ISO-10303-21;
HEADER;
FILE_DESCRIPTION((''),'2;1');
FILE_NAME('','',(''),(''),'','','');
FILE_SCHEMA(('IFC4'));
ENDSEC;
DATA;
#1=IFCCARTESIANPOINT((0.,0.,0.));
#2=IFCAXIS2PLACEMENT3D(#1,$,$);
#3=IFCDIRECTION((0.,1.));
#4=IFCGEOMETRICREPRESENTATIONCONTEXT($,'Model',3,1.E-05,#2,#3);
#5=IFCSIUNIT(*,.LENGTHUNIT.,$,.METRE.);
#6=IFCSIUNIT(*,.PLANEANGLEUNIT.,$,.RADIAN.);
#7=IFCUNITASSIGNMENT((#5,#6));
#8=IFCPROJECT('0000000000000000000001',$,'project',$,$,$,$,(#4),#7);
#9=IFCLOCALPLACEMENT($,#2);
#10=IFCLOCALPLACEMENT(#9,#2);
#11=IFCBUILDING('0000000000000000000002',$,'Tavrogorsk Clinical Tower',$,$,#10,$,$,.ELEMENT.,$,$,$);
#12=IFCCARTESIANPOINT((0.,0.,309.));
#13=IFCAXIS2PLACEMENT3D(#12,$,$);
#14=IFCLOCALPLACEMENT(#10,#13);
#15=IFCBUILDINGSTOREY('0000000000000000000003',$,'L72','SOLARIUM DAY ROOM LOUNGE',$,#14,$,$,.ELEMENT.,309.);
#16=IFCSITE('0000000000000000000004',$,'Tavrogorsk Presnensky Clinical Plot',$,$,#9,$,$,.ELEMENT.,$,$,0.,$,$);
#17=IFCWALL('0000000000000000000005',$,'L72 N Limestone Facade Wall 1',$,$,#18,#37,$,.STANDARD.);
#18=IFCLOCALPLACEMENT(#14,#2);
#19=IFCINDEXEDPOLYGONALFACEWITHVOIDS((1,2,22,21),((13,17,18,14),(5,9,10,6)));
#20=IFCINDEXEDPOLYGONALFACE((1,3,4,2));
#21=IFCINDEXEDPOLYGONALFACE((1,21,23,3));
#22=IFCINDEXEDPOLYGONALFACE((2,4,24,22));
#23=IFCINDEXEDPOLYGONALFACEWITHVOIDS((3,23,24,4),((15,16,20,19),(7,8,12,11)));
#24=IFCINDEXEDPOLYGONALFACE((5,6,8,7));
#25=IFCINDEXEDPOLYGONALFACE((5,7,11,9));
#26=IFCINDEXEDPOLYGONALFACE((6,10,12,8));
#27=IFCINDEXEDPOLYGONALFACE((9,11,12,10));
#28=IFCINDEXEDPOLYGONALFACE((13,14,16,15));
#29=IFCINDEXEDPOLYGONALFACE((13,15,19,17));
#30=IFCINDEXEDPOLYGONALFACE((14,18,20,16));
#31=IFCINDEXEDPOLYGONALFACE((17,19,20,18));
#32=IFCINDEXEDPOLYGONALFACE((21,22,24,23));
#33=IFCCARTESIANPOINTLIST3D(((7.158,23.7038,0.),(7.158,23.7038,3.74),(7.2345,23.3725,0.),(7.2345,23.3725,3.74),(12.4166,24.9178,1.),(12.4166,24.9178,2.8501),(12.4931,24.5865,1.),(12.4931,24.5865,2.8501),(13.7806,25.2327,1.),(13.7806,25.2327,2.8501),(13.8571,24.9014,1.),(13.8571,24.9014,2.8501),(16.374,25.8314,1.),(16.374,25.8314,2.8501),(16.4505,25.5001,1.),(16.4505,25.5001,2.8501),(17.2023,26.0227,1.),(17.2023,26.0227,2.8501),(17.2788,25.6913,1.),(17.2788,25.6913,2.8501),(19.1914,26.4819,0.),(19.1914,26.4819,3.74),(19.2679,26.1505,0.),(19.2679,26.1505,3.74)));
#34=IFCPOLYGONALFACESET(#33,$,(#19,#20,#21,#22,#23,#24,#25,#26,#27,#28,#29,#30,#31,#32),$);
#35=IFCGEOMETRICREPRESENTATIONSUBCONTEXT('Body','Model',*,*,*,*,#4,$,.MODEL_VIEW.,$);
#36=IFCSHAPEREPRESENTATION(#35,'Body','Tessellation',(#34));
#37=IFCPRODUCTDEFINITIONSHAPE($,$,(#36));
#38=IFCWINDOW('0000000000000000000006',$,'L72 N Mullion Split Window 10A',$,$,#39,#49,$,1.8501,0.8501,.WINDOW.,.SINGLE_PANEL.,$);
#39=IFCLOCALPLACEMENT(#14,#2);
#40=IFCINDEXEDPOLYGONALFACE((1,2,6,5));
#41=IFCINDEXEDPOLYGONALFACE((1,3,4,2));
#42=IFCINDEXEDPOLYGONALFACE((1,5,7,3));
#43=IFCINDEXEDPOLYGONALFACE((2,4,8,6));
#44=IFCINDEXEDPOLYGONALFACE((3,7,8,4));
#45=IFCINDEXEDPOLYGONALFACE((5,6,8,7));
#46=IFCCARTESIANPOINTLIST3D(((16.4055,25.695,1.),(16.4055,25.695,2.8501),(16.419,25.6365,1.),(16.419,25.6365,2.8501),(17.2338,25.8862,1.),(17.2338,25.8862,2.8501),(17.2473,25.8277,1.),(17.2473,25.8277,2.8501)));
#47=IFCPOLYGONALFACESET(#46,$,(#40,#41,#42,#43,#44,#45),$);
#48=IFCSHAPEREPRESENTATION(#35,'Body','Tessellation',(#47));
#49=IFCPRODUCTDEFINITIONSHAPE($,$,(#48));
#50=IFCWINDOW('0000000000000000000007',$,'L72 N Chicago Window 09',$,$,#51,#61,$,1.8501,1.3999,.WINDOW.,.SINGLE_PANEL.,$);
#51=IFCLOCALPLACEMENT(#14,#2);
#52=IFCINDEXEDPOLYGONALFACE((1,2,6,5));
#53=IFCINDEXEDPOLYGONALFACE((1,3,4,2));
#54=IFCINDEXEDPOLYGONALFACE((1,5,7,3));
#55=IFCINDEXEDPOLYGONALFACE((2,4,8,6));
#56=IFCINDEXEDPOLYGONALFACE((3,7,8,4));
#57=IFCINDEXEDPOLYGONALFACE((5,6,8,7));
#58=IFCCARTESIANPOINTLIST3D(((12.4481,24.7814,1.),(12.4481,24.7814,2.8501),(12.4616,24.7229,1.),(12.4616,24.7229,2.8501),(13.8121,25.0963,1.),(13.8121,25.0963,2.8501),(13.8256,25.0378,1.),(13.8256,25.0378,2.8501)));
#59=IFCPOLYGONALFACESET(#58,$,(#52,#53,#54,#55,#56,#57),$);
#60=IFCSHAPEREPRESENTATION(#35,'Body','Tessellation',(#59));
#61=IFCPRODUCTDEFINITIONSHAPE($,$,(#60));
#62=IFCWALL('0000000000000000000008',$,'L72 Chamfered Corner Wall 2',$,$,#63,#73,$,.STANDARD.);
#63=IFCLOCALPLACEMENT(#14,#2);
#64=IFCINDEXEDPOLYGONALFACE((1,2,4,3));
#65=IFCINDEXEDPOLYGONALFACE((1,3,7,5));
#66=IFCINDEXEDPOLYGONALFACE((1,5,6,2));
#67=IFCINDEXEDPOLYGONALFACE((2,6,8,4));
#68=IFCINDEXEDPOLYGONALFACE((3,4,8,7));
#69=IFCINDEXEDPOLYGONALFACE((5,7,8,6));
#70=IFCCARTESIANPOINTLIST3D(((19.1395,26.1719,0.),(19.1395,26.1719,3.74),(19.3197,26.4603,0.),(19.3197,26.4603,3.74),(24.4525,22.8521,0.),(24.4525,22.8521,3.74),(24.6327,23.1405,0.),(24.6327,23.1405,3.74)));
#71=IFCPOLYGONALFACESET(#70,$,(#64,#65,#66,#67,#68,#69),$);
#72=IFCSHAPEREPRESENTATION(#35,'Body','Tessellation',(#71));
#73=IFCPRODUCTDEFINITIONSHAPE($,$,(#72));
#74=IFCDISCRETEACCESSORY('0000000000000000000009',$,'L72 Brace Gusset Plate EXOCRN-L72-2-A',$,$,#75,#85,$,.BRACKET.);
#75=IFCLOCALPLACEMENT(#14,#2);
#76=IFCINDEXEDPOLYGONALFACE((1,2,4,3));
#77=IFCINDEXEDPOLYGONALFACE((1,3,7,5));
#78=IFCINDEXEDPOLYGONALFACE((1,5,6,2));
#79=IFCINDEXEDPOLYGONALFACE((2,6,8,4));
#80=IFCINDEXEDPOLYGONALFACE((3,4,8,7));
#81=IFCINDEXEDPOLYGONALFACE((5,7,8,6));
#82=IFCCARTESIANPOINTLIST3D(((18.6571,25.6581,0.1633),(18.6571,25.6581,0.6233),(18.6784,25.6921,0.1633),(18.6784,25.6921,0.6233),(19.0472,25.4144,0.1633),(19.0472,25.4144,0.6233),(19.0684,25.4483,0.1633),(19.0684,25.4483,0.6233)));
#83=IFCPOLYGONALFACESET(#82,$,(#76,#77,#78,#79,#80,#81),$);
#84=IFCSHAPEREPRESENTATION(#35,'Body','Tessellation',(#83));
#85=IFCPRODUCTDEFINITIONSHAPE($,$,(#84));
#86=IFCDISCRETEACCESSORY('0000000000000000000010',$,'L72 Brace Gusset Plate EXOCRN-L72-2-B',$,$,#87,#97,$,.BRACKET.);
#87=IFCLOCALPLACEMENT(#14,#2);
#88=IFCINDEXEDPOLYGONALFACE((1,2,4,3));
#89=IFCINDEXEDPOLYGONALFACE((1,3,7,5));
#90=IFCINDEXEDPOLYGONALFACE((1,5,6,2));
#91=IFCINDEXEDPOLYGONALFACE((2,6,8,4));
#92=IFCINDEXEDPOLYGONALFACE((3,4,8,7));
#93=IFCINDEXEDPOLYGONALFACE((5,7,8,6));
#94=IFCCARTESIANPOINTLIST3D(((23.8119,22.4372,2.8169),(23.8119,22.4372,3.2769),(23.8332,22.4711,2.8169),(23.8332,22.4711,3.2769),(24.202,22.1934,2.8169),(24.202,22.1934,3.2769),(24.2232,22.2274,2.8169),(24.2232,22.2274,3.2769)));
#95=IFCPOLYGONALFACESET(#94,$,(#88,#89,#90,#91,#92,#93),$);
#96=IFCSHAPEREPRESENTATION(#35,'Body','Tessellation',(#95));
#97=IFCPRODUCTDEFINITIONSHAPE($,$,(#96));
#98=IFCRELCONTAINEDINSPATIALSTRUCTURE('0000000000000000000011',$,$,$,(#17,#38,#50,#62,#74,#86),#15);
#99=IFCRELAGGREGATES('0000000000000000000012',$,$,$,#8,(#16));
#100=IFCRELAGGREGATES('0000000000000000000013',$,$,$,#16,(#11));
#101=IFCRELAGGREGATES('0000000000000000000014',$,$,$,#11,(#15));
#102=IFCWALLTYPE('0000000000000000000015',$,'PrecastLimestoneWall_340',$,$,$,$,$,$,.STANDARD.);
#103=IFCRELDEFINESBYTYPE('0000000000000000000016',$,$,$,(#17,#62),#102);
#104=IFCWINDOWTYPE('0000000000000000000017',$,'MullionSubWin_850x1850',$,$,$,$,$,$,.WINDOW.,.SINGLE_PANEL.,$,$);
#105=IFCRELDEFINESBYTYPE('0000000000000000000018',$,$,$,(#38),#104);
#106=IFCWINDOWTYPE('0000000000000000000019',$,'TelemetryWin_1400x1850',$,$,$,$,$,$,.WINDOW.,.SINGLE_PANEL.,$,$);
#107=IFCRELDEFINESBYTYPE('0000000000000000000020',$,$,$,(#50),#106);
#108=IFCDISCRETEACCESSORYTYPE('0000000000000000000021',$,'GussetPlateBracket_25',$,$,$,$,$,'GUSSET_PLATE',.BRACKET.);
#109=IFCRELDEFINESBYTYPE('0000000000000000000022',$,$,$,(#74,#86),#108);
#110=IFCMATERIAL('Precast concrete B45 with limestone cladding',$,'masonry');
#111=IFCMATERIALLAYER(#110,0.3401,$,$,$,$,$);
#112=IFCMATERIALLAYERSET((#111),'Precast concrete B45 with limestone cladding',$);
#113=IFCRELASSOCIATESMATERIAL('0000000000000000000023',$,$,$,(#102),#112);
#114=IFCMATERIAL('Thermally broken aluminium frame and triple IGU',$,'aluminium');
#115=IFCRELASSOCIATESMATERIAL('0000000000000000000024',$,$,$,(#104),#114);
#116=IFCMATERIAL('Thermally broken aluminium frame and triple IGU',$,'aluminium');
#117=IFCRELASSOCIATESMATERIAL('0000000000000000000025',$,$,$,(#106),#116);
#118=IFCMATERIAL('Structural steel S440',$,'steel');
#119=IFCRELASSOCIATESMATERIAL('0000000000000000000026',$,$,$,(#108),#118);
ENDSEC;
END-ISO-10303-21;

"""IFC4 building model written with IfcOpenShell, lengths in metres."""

from ifc_helpers import new_model, si_unit, direction, frame, frame_2d, origin, origin_2d, place, context, subcontext, project, spatial, rectangle, extrude, material, layer, layer_set, type_object, element, fill, save


model = new_model("IFC4")

# Units and contexts
model_context = context("Model", 3, precision=1e-05, world=origin(), true_north=direction((0.0, 1.0)))
body_context = subcontext(model_context, "Body", "Model", "MODEL_VIEW")
ifc_project = project(units=[si_unit("LENGTHUNIT", "METRE"), si_unit("PLANEANGLEUNIT", "RADIAN")], contexts=[model_context])

# Site, building, storey
site_placement = place(None, origin())
site = spatial("IfcSite", under=ifc_project, at=site_placement, Name="Tavrogorsk Presnensky Clinical Plot", CompositionType="ELEMENT", RefElevation=0.0)
building_placement = place(site_placement, origin())
building = spatial("IfcBuilding", under=site, at=building_placement, Name="Tavrogorsk Clinical Tower", CompositionType="ELEMENT")
storey_placement = place(building_placement, frame((0.0, 0.0, 309.0)))
storey = spatial("IfcBuildingStorey", under=building, at=storey_placement, Name="L72", Description="SOLARIUM DAY ROOM LOUNGE", CompositionType="ELEMENT", Elevation=309.0)

# Wall, openings, windows
ifc_material_1 = material(Name="Precast concrete B45 with limestone cladding", Category="masonry")
ifc_layer_1 = layer(ifc_material_1, 0.3401)
ifc_layer_set_1 = layer_set([ifc_layer_1], Name="Precast concrete B45 with limestone cladding")
wall_type_1 = type_object("IfcWallType", Name="PrecastLimestoneWall_340", PredefinedType="STANDARD", material=ifc_layer_set_1)
wall_1_placement = place(storey_placement, frame((19.2295, 26.3162, 0.0), z_axis=(0.0, 0.0, 1.0), x_axis=(-0.974371, -0.224946, 0.0)))
wall_1 = element("IfcWall", 1, at=wall_1_placement, inside=storey, type_object=wall_type_1, Name="L72 N Limestone Facade Wall 1", PredefinedType="STANDARD", context=body_context, shape_type="SweptSolid", body=[
    extrude(rectangle(XDim=12.3499, YDim=0.3401, at=frame_2d((6.1748, 0.0))), origin(), (0.0, 0.0, 1.0), 3.74),
])
opening_1_placement = place(wall_1_placement, frame((5.553, 0.0, 1.0)))
opening_1 = element("IfcOpeningElement", 2, at=opening_1_placement, cuts=wall_1, PredefinedType="OPENING", context=body_context, shape_type="SweptSolid", body=[
    extrude(rectangle(XDim=1.3999, YDim=1.8501, at=frame_2d((0.7, 0.925))), frame((0.0, 0.1799, 0.0), z_axis=(0.0, -1.0, 0.0), x_axis=(1.0, 0.0, 0.0)), (0.0, 0.0, 1.0), 0.3601),
])
opening_2_placement = place(wall_1_placement, frame((2.0413, 0.0, 1.0)))
opening_2 = element("IfcOpeningElement", 3, at=opening_2_placement, cuts=wall_1, PredefinedType="OPENING", context=body_context, shape_type="SweptSolid", body=[
    extrude(rectangle(XDim=0.8501, YDim=1.8501, at=frame_2d((0.425, 0.925))), frame((0.0, 0.1799, 0.0), z_axis=(0.0, -1.0, 0.0), x_axis=(1.0, 0.0, 0.0)), (0.0, 0.0, 1.0), 0.3601),
])
ifc_material_2 = material(Name="Thermally broken aluminium frame and triple IGU", Category="aluminium")
window_type_1 = type_object("IfcWindowType", Name="MullionSubWin_850x1850", PartitioningType="SINGLE_PANEL", PredefinedType="WINDOW", material=ifc_material_2)
window_1_placement = place(opening_2_placement, origin())
window_1 = element("IfcWindow", 4, at=window_1_placement, inside=storey, type_object=window_type_1, Name="L72 N Mullion Split Window 10A", OverallHeight=1.8501, OverallWidth=0.8501, PartitioningType="SINGLE_PANEL", PredefinedType="WINDOW", context=body_context, shape_type="SweptSolid", body=[
    extrude(rectangle(XDim=0.8501, YDim=1.8501, at=frame_2d((0.425, 0.925))), frame((0.0, 0.03, 0.0), z_axis=(0.0, -1.0, 0.0), x_axis=(1.0, 0.0, 0.0)), (0.0, 0.0, 1.0), 0.0601),
])
fill(opening_2, window_1)
ifc_material_3 = material(Name="Thermally broken aluminium frame and triple IGU", Category="aluminium")
window_type_2 = type_object("IfcWindowType", Name="TelemetryWin_1400x1850", PartitioningType="SINGLE_PANEL", PredefinedType="WINDOW", material=ifc_material_3)
window_2_placement = place(opening_1_placement, origin())
window_2 = element("IfcWindow", 5, at=window_2_placement, inside=storey, type_object=window_type_2, Name="L72 N Chicago Window 09", OverallHeight=1.8501, OverallWidth=1.3999, PartitioningType="SINGLE_PANEL", PredefinedType="WINDOW", context=body_context, shape_type="SweptSolid", body=[
    extrude(rectangle(XDim=1.3999, YDim=1.8501, at=frame_2d((0.7, 0.925))), frame((0.0, 0.03, 0.0), z_axis=(0.0, -1.0, 0.0), x_axis=(1.0, 0.0, 0.0)), (0.0, 0.0, 1.0), 0.0601),
])
fill(opening_1, window_2)

# Wall
wall_2_placement = place(storey_placement, frame((24.5425, 22.9963, 0.0), z_axis=(0.0, 0.0, 1.0), x_axis=(-0.848055, 0.529908, 0.0)))
element("IfcWall", 6, at=wall_2_placement, inside=storey, type_object=wall_type_1, Name="L72 Chamfered Corner Wall 2", PredefinedType="STANDARD", context=body_context, shape_type="SweptSolid", body=[
    extrude(rectangle(XDim=6.2649, YDim=0.3401, at=frame_2d((3.1323, 0.0))), origin(), (0.0, 0.0, 1.0), 3.74),
])

# Discrete accessories
ifc_material_4 = material(Name="Structural steel S440", Category="steel")
discrete_accessory_type = type_object("IfcDiscreteAccessoryType", Name="GussetPlateBracket_25", ElementType="GUSSET_PLATE", PredefinedType="BRACKET", material=ifc_material_4)
for number, where, z_axis, x_axis, name in (
    (7, (18.8628, 25.5532, 0.1633), (0.0, 0.0, 1.0), (0.848048, -0.529919, 0.0), "L72 Brace Gusset Plate EXOCRN-L72-2-A"),
    (8, (24.0176, 22.3323, 2.8169), (0.0, 0.0, 1.0), (0.848048, -0.529919, 0.0), "L72 Brace Gusset Plate EXOCRN-L72-2-B"),
):
    element("IfcDiscreteAccessory", number, at=place(storey_placement, frame(where, z_axis=z_axis, x_axis=x_axis)), inside=storey, type_object=discrete_accessory_type, Name=name, PredefinedType="BRACKET", context=body_context, shape_type="SweptSolid", body=[
        extrude(rectangle(XDim=0.46, YDim=0.04, at=origin_2d()), origin(), (0.0, 0.0, 1.0), 0.46),
    ])

save(model, "model.ifc")
